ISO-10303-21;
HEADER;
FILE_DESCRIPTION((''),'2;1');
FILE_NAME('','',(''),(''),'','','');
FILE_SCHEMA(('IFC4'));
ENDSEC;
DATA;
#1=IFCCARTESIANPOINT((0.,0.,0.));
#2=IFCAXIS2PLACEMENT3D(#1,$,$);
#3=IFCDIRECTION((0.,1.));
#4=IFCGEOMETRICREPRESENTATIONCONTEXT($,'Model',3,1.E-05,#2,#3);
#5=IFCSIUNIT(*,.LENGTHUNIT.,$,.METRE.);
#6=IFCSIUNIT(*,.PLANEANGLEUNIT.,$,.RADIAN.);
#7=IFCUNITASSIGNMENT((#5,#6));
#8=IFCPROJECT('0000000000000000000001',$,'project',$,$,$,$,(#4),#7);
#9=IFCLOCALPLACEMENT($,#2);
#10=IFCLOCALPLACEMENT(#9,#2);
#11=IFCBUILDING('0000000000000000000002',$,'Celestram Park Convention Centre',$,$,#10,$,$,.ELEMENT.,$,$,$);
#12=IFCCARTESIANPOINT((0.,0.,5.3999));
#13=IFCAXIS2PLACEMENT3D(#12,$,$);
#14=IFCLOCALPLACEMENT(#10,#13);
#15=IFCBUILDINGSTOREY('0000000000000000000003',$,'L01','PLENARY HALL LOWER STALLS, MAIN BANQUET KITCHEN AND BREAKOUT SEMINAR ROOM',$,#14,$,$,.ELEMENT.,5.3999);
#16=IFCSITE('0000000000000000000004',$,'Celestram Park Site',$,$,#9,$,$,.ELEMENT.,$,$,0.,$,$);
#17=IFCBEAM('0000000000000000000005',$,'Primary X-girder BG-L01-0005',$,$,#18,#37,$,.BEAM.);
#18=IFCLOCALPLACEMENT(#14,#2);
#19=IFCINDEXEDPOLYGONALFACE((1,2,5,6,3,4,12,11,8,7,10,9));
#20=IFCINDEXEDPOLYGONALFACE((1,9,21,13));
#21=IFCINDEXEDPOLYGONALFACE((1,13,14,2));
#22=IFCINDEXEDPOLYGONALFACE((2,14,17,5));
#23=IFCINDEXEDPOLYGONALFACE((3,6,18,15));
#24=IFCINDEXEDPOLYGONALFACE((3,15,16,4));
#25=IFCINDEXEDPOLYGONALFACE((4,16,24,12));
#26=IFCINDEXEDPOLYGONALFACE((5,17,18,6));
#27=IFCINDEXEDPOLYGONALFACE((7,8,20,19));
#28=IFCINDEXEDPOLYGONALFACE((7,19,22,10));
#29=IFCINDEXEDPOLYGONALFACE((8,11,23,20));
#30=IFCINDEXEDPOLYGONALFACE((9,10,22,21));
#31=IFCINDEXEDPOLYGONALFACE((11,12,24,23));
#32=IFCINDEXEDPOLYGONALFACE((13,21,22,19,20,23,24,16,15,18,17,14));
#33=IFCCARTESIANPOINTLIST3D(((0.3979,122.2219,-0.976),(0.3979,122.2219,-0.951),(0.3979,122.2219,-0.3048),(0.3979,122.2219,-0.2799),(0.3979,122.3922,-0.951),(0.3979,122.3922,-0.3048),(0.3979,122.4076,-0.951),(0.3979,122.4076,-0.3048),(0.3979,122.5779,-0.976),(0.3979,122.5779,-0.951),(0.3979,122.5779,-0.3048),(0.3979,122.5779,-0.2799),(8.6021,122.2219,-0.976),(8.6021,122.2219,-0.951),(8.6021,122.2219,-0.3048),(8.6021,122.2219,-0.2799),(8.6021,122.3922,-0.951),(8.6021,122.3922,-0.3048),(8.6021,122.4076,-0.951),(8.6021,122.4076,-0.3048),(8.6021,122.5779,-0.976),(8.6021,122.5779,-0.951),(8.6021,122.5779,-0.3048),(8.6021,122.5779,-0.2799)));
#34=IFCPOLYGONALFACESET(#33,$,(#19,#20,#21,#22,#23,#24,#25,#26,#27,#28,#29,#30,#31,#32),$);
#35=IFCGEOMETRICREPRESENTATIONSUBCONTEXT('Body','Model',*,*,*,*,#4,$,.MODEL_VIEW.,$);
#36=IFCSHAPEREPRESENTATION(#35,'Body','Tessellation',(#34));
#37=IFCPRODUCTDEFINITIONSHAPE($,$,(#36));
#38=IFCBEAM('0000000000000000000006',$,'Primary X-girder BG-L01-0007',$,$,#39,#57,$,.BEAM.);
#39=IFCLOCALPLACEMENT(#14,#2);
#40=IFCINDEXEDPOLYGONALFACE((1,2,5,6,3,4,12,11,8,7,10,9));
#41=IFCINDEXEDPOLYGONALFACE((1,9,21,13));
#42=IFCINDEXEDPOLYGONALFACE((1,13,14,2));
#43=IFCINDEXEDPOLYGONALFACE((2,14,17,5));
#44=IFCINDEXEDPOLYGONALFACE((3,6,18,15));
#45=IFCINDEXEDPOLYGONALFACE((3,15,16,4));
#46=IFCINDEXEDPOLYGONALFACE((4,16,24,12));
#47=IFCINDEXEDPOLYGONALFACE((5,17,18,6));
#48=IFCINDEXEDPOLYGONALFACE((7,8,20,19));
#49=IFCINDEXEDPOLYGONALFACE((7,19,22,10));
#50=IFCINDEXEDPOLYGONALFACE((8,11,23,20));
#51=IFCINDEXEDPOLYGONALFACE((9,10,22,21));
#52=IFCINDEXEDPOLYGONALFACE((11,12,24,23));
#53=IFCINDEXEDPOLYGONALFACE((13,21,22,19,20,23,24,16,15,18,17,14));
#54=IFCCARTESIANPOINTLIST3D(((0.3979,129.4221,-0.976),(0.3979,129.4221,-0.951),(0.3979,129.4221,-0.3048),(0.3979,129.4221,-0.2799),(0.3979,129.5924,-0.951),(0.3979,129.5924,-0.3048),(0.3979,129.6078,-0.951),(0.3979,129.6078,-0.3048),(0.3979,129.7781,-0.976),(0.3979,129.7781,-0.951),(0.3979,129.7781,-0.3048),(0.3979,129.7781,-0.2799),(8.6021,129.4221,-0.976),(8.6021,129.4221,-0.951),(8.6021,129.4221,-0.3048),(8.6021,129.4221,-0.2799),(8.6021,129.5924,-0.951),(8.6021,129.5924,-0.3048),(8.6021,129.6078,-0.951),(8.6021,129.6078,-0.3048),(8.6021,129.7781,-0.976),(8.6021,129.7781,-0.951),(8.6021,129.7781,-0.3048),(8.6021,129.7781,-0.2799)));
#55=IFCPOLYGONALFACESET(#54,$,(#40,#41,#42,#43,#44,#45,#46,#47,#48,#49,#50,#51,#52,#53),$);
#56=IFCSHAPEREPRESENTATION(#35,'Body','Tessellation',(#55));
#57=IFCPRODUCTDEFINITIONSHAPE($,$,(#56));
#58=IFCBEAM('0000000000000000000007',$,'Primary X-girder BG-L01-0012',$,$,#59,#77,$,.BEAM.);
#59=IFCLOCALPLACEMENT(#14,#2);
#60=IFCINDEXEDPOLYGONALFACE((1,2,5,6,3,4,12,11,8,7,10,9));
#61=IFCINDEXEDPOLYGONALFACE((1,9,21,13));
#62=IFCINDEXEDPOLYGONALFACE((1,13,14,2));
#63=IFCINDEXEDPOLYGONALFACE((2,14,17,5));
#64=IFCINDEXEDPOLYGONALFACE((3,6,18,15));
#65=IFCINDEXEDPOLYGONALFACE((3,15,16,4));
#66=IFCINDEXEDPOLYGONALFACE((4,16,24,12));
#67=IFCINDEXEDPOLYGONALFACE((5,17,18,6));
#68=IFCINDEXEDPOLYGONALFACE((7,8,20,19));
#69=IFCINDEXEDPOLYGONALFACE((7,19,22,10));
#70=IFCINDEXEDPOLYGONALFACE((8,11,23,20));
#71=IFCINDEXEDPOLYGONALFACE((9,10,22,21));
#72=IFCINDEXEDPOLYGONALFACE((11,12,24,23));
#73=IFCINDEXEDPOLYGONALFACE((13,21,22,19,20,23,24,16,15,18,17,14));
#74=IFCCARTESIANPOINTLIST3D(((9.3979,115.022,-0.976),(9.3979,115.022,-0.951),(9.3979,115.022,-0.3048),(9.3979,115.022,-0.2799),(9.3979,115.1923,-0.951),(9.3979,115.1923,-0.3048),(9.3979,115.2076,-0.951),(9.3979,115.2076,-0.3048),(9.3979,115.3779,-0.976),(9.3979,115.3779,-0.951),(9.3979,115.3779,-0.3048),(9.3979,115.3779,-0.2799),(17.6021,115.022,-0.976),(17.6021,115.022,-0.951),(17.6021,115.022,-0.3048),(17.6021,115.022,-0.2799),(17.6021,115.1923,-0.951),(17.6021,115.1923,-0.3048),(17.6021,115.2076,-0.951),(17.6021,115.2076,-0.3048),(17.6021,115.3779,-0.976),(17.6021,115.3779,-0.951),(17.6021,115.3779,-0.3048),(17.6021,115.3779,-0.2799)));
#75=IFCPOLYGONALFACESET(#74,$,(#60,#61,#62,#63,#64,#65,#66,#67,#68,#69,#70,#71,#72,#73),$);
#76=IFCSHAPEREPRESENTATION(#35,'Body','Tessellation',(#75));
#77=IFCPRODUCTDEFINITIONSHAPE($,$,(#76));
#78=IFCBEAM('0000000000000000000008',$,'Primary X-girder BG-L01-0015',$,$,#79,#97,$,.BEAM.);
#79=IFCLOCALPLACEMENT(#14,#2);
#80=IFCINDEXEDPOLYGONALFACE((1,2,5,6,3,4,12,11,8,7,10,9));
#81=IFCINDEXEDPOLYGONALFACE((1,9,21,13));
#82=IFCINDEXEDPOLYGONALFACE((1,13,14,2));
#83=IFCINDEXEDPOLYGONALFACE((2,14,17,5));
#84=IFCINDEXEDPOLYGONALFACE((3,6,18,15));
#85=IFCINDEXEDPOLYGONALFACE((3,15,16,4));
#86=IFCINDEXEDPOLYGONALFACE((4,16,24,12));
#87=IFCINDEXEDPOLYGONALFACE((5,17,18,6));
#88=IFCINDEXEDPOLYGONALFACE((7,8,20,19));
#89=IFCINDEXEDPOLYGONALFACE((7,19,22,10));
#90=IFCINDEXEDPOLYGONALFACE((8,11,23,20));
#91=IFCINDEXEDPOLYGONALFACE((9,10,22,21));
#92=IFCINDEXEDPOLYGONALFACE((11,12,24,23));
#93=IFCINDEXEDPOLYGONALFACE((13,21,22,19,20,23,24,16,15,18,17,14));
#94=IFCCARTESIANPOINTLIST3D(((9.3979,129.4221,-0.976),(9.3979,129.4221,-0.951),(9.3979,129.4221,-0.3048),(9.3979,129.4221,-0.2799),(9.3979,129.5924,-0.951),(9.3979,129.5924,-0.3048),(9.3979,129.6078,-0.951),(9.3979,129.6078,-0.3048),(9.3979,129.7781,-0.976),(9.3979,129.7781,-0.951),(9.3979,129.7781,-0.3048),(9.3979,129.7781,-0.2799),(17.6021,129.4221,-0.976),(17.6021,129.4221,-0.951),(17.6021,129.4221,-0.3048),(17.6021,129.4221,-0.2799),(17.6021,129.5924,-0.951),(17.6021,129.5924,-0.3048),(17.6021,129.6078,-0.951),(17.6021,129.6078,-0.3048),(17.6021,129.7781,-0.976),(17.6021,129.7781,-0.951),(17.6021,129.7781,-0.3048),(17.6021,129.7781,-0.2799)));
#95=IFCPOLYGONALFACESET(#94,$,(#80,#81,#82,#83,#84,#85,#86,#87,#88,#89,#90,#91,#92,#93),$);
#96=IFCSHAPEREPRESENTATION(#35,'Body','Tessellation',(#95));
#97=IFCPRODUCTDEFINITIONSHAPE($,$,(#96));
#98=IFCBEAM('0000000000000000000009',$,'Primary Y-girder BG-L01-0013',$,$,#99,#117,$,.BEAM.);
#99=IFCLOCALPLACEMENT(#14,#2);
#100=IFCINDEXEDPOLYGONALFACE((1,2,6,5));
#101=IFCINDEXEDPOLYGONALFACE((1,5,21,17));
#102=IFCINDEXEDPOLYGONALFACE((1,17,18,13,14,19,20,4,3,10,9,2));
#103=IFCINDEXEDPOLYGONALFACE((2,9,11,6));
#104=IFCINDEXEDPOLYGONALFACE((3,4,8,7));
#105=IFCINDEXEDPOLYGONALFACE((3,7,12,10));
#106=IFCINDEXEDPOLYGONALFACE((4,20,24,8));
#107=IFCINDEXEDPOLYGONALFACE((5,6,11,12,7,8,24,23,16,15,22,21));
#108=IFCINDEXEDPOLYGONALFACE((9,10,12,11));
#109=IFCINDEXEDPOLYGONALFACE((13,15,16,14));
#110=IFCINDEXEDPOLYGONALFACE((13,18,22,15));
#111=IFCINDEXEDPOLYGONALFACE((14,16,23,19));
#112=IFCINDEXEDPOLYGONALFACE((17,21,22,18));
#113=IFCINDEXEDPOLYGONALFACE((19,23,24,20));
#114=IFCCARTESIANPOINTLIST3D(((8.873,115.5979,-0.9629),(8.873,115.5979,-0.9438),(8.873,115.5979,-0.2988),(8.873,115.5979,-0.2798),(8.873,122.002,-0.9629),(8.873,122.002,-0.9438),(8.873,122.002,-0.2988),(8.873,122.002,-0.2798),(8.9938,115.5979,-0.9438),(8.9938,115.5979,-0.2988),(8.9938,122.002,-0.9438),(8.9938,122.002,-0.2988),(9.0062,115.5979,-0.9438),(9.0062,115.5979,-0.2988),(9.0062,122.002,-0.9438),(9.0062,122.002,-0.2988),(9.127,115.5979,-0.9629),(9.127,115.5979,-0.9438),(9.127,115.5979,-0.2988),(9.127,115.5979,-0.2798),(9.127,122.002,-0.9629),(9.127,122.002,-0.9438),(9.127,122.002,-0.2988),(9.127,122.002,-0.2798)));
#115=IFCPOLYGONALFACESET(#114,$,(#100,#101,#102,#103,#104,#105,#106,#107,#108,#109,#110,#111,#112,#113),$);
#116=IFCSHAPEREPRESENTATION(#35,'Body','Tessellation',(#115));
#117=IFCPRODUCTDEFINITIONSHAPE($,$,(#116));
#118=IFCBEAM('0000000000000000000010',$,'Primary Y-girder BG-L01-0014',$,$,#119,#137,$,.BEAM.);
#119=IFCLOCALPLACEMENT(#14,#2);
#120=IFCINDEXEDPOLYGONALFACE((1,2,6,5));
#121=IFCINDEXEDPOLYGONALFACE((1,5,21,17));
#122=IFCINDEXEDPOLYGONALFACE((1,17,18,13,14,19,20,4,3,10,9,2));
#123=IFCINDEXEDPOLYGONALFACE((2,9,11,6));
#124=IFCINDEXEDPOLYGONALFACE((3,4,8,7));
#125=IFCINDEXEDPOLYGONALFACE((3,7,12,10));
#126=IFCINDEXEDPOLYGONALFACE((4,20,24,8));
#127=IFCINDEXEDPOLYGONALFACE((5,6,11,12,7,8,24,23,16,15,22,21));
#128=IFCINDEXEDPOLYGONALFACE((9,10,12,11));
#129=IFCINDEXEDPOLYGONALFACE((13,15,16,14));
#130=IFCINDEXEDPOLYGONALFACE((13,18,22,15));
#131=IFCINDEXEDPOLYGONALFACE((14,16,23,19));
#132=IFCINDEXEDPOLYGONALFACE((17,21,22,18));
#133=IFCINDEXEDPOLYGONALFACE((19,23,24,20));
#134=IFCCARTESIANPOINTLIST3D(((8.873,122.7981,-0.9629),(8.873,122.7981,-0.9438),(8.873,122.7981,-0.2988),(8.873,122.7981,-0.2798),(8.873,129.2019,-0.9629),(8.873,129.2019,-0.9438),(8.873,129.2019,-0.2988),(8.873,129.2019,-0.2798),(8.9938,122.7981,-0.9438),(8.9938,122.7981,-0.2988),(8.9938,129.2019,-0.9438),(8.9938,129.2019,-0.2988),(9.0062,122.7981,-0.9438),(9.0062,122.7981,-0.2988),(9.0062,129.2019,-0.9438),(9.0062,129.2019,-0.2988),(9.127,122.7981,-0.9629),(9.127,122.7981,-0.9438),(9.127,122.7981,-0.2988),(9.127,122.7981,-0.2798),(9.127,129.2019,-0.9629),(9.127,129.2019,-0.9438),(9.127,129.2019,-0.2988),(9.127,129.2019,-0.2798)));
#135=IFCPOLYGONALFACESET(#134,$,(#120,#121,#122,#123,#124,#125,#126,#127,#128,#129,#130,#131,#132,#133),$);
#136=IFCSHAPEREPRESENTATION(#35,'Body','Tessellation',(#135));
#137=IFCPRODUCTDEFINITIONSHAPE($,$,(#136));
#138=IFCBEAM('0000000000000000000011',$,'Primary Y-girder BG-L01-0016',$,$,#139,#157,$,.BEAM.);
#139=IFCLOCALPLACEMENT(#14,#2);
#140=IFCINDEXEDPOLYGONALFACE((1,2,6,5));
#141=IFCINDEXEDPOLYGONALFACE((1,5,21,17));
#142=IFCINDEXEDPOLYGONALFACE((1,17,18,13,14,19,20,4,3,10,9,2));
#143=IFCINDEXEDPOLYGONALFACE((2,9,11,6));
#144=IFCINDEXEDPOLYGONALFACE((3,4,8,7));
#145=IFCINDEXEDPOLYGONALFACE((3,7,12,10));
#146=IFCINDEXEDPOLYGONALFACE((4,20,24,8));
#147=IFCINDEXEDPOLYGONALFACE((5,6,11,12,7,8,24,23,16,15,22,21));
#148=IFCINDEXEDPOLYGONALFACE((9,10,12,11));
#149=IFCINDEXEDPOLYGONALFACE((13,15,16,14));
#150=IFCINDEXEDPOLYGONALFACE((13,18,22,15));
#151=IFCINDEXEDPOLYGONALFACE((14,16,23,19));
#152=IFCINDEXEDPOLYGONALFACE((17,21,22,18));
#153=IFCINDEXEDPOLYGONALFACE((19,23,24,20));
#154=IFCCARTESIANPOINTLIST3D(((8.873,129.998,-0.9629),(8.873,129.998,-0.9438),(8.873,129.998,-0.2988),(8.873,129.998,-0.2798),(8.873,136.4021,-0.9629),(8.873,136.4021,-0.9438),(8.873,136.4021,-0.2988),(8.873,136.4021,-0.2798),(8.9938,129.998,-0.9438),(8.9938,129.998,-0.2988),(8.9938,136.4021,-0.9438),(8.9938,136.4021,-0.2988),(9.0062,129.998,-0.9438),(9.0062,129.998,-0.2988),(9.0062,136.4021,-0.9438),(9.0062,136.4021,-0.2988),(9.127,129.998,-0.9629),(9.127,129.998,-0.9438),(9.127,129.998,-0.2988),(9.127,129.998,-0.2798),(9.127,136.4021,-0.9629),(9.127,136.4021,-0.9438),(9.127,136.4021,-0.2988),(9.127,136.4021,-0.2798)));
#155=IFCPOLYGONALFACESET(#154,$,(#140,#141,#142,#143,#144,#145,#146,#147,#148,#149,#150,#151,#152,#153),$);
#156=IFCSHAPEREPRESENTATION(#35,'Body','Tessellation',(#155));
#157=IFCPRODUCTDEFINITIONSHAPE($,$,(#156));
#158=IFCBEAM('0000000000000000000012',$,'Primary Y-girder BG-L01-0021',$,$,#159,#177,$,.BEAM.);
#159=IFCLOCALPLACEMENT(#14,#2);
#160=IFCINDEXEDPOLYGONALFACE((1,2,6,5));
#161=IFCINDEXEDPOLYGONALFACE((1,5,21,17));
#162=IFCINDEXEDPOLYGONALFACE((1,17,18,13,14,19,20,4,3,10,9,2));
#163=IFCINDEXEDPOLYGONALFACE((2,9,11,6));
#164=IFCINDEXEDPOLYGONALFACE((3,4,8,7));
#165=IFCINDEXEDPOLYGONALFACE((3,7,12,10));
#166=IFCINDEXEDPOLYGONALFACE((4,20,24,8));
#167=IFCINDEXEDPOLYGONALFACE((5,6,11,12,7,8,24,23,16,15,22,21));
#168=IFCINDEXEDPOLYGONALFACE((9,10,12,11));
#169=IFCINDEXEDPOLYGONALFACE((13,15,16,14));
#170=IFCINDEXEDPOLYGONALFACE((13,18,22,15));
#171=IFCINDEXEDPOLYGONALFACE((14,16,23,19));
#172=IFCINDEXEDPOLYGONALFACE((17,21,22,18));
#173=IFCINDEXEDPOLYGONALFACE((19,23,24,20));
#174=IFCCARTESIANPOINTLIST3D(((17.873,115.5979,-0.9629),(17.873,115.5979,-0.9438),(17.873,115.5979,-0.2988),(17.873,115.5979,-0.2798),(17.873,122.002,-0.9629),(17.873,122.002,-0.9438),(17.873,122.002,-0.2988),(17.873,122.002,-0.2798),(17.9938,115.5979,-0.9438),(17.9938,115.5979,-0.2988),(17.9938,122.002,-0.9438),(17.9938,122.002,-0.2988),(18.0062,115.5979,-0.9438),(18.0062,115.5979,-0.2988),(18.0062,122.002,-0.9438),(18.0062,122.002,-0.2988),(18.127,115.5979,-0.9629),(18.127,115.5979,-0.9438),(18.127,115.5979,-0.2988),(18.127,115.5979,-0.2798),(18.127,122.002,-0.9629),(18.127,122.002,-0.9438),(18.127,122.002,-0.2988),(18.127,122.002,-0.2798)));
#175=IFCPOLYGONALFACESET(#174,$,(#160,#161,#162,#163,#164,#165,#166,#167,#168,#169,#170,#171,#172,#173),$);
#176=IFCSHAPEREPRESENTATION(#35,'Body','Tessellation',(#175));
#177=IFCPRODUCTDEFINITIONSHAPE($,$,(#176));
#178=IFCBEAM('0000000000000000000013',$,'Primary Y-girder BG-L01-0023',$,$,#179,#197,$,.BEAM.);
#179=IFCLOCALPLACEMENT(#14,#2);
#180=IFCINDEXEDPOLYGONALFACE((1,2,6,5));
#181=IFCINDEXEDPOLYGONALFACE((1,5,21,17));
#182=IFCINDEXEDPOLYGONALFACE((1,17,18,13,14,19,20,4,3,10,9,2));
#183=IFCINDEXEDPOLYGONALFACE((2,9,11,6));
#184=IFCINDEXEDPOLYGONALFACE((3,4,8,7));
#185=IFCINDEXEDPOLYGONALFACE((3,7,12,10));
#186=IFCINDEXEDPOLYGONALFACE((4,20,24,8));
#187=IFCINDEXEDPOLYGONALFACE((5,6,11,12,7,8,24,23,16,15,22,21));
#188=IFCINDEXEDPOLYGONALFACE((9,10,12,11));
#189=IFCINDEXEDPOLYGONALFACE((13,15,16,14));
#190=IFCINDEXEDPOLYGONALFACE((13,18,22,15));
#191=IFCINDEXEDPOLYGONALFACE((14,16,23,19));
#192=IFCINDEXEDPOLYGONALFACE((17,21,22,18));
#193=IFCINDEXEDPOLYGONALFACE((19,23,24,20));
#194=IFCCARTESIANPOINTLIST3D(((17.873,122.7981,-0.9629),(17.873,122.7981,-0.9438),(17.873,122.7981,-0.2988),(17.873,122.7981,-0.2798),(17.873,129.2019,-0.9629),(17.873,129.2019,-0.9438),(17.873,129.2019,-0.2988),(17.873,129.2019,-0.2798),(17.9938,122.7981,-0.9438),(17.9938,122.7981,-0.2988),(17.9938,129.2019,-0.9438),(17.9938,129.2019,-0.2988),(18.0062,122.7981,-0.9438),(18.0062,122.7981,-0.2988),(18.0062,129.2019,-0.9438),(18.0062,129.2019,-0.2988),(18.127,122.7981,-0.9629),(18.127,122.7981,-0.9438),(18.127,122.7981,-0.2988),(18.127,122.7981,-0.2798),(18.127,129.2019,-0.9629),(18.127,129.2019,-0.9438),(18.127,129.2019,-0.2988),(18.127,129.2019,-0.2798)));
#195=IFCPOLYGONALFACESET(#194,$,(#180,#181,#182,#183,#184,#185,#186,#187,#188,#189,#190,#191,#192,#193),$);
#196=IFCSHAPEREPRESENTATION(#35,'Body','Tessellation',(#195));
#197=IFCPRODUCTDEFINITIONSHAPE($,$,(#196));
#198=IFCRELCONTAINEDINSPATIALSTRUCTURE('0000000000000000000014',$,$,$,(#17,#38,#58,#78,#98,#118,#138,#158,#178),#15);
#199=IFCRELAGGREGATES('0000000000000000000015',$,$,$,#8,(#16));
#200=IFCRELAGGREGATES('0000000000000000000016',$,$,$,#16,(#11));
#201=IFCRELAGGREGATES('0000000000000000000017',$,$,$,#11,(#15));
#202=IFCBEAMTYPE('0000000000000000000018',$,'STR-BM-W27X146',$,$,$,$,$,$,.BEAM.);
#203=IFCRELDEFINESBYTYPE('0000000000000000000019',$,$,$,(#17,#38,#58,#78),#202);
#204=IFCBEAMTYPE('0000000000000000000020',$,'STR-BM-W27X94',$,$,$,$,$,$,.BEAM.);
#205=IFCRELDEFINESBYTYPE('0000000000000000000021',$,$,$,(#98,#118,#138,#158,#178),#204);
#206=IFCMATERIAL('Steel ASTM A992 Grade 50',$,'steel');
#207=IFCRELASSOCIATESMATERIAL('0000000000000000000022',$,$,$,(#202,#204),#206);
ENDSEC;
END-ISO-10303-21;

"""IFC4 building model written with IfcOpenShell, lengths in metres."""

from ifc_helpers import new_model, si_unit, direction, frame, origin, origin_2d, place, context, subcontext, project, spatial, i_section, extrude, material, material_profile, profile_set, type_object, element, save


model = new_model("IFC4")

# Units and contexts
model_context = context("Model", 3, precision=1e-05, world=origin(), true_north=direction((0.0, 1.0)))
body_context = subcontext(model_context, "Body", "Model", "MODEL_VIEW")
ifc_project = project(units=[si_unit("LENGTHUNIT", "METRE"), si_unit("PLANEANGLEUNIT", "RADIAN")], contexts=[model_context])

# Site, building, storey
site_placement = place(None, origin())
site = spatial("IfcSite", under=ifc_project, at=site_placement, Name="Celestram Park Site", CompositionType="ELEMENT", RefElevation=0.0)
building_placement = place(site_placement, origin())
building = spatial("IfcBuilding", under=site, at=building_placement, Name="Celestram Park Convention Centre", CompositionType="ELEMENT")
storey_placement = place(building_placement, frame((0.0, 0.0, 5.3999)))
storey = spatial("IfcBuildingStorey", under=building, at=storey_placement, Name="L01", Description="PLENARY HALL LOWER STALLS, MAIN BANQUET KITCHEN AND BREAKOUT SEMINAR ROOM", CompositionType="ELEMENT", Elevation=5.3999)

# Beams
ifc_material_1 = material(Name="Steel ASTM A992 Grade 50", Category="steel")
ifc_material_profile_1 = material_profile(ifc_material_1, i_section(OverallWidth=0.356, OverallDepth=0.696, WebThickness=0.0154, FlangeThickness=0.0249, at=origin_2d()), Name="W27X146")
ifc_profile_set_1 = profile_set([ifc_material_profile_1], Name="Steel ASTM A992 Grade 50")
beam_type_1 = type_object("IfcBeamType", Name="STR-BM-W27X146", PredefinedType="BEAM", material=ifc_profile_set_1)
for number, where, z_axis, x_axis, name in (
    (1, (0.3979, 122.3999, -0.6279), (1.0, 0.0, 0.0), (0.0, 1.0, 0.0), "Primary X-girder BG-L01-0005"),
    (2, (0.3979, 129.6001, -0.6279), (1.0, 0.0, 0.0), (0.0, 1.0, 0.0), "Primary X-girder BG-L01-0007"),
    (3, (9.3979, 115.2, -0.6279), (1.0, 0.0, 0.0), (0.0, 1.0, 0.0), "Primary X-girder BG-L01-0012"),
    (4, (9.3979, 129.6001, -0.6279), (1.0, 0.0, 0.0), (0.0, 1.0, 0.0), "Primary X-girder BG-L01-0015"),
):
    element("IfcBeam", number, at=place(storey_placement, frame(where, z_axis=z_axis, x_axis=x_axis)), inside=storey, type_object=beam_type_1, Name=name, PredefinedType="BEAM", context=body_context, shape_type="SweptSolid", body=[
        extrude(i_section(OverallWidth=0.356, OverallDepth=0.696, WebThickness=0.0154, FlangeThickness=0.0249, at=origin_2d()), origin(), (0.0, 0.0, 1.0), 8.2041),
    ])
ifc_material_profile_2 = material_profile(ifc_material_1, i_section(OverallWidth=0.2539, OverallDepth=0.6831, WebThickness=0.0125, FlangeThickness=0.019, at=origin_2d()), Name="W27X94")
ifc_profile_set_2 = profile_set([ifc_material_profile_2], Name="Steel ASTM A992 Grade 50")
beam_type_2 = type_object("IfcBeamType", Name="STR-BM-W27X94", PredefinedType="BEAM", material=ifc_profile_set_2)
beam_1_placement = place(storey_placement, frame((9.0, 115.5979, -0.6213), z_axis=(0.0, 1.0, 0.0), x_axis=(-1.0, 0.0, 0.0)))
element("IfcBeam", 5, at=beam_1_placement, inside=storey, type_object=beam_type_2, Name="Primary Y-girder BG-L01-0013", PredefinedType="BEAM", context=body_context, shape_type="SweptSolid", body=[
    extrude(i_section(OverallWidth=0.2539, OverallDepth=0.6831, WebThickness=0.0125, FlangeThickness=0.019, at=origin_2d()), origin(), (0.0, 0.0, 1.0), 6.4041),
])
beam_2_placement = place(storey_placement, frame((9.0, 122.7981, -0.6213), z_axis=(0.0, 1.0, 0.0), x_axis=(-1.0, 0.0, 0.0)))
element("IfcBeam", 6, at=beam_2_placement, inside=storey, type_object=beam_type_2, Name="Primary Y-girder BG-L01-0014", PredefinedType="BEAM", context=body_context, shape_type="SweptSolid", body=[
    extrude(i_section(OverallWidth=0.2539, OverallDepth=0.6831, WebThickness=0.0125, FlangeThickness=0.019, at=origin_2d()), origin(), (0.0, 0.0, 1.0), 6.4038),
])
for number, where, z_axis, x_axis, name in (
    (7, (9.0, 129.998, -0.6213), (0.0, 1.0, 0.0), (-1.0, 0.0, 0.0), "Primary Y-girder BG-L01-0016"),
    (8, (18.0, 115.5979, -0.6213), (0.0, 1.0, 0.0), (-1.0, 0.0, 0.0), "Primary Y-girder BG-L01-0021"),
):
    element("IfcBeam", number, at=place(storey_placement, frame(where, z_axis=z_axis, x_axis=x_axis)), inside=storey, type_object=beam_type_2, Name=name, PredefinedType="BEAM", context=body_context, shape_type="SweptSolid", body=[
        extrude(i_section(OverallWidth=0.2539, OverallDepth=0.6831, WebThickness=0.0125, FlangeThickness=0.019, at=origin_2d()), origin(), (0.0, 0.0, 1.0), 6.4041),
    ])
beam_3_placement = place(storey_placement, frame((18.0, 122.7981, -0.6213), z_axis=(0.0, 1.0, 0.0), x_axis=(-1.0, 0.0, 0.0)))
element("IfcBeam", 9, at=beam_3_placement, inside=storey, type_object=beam_type_2, Name="Primary Y-girder BG-L01-0023", PredefinedType="BEAM", context=body_context, shape_type="SweptSolid", body=[
    extrude(i_section(OverallWidth=0.2539, OverallDepth=0.6831, WebThickness=0.0125, FlangeThickness=0.019, at=origin_2d()), origin(), (0.0, 0.0, 1.0), 6.4038),
])

save(model, "model.ifc")
